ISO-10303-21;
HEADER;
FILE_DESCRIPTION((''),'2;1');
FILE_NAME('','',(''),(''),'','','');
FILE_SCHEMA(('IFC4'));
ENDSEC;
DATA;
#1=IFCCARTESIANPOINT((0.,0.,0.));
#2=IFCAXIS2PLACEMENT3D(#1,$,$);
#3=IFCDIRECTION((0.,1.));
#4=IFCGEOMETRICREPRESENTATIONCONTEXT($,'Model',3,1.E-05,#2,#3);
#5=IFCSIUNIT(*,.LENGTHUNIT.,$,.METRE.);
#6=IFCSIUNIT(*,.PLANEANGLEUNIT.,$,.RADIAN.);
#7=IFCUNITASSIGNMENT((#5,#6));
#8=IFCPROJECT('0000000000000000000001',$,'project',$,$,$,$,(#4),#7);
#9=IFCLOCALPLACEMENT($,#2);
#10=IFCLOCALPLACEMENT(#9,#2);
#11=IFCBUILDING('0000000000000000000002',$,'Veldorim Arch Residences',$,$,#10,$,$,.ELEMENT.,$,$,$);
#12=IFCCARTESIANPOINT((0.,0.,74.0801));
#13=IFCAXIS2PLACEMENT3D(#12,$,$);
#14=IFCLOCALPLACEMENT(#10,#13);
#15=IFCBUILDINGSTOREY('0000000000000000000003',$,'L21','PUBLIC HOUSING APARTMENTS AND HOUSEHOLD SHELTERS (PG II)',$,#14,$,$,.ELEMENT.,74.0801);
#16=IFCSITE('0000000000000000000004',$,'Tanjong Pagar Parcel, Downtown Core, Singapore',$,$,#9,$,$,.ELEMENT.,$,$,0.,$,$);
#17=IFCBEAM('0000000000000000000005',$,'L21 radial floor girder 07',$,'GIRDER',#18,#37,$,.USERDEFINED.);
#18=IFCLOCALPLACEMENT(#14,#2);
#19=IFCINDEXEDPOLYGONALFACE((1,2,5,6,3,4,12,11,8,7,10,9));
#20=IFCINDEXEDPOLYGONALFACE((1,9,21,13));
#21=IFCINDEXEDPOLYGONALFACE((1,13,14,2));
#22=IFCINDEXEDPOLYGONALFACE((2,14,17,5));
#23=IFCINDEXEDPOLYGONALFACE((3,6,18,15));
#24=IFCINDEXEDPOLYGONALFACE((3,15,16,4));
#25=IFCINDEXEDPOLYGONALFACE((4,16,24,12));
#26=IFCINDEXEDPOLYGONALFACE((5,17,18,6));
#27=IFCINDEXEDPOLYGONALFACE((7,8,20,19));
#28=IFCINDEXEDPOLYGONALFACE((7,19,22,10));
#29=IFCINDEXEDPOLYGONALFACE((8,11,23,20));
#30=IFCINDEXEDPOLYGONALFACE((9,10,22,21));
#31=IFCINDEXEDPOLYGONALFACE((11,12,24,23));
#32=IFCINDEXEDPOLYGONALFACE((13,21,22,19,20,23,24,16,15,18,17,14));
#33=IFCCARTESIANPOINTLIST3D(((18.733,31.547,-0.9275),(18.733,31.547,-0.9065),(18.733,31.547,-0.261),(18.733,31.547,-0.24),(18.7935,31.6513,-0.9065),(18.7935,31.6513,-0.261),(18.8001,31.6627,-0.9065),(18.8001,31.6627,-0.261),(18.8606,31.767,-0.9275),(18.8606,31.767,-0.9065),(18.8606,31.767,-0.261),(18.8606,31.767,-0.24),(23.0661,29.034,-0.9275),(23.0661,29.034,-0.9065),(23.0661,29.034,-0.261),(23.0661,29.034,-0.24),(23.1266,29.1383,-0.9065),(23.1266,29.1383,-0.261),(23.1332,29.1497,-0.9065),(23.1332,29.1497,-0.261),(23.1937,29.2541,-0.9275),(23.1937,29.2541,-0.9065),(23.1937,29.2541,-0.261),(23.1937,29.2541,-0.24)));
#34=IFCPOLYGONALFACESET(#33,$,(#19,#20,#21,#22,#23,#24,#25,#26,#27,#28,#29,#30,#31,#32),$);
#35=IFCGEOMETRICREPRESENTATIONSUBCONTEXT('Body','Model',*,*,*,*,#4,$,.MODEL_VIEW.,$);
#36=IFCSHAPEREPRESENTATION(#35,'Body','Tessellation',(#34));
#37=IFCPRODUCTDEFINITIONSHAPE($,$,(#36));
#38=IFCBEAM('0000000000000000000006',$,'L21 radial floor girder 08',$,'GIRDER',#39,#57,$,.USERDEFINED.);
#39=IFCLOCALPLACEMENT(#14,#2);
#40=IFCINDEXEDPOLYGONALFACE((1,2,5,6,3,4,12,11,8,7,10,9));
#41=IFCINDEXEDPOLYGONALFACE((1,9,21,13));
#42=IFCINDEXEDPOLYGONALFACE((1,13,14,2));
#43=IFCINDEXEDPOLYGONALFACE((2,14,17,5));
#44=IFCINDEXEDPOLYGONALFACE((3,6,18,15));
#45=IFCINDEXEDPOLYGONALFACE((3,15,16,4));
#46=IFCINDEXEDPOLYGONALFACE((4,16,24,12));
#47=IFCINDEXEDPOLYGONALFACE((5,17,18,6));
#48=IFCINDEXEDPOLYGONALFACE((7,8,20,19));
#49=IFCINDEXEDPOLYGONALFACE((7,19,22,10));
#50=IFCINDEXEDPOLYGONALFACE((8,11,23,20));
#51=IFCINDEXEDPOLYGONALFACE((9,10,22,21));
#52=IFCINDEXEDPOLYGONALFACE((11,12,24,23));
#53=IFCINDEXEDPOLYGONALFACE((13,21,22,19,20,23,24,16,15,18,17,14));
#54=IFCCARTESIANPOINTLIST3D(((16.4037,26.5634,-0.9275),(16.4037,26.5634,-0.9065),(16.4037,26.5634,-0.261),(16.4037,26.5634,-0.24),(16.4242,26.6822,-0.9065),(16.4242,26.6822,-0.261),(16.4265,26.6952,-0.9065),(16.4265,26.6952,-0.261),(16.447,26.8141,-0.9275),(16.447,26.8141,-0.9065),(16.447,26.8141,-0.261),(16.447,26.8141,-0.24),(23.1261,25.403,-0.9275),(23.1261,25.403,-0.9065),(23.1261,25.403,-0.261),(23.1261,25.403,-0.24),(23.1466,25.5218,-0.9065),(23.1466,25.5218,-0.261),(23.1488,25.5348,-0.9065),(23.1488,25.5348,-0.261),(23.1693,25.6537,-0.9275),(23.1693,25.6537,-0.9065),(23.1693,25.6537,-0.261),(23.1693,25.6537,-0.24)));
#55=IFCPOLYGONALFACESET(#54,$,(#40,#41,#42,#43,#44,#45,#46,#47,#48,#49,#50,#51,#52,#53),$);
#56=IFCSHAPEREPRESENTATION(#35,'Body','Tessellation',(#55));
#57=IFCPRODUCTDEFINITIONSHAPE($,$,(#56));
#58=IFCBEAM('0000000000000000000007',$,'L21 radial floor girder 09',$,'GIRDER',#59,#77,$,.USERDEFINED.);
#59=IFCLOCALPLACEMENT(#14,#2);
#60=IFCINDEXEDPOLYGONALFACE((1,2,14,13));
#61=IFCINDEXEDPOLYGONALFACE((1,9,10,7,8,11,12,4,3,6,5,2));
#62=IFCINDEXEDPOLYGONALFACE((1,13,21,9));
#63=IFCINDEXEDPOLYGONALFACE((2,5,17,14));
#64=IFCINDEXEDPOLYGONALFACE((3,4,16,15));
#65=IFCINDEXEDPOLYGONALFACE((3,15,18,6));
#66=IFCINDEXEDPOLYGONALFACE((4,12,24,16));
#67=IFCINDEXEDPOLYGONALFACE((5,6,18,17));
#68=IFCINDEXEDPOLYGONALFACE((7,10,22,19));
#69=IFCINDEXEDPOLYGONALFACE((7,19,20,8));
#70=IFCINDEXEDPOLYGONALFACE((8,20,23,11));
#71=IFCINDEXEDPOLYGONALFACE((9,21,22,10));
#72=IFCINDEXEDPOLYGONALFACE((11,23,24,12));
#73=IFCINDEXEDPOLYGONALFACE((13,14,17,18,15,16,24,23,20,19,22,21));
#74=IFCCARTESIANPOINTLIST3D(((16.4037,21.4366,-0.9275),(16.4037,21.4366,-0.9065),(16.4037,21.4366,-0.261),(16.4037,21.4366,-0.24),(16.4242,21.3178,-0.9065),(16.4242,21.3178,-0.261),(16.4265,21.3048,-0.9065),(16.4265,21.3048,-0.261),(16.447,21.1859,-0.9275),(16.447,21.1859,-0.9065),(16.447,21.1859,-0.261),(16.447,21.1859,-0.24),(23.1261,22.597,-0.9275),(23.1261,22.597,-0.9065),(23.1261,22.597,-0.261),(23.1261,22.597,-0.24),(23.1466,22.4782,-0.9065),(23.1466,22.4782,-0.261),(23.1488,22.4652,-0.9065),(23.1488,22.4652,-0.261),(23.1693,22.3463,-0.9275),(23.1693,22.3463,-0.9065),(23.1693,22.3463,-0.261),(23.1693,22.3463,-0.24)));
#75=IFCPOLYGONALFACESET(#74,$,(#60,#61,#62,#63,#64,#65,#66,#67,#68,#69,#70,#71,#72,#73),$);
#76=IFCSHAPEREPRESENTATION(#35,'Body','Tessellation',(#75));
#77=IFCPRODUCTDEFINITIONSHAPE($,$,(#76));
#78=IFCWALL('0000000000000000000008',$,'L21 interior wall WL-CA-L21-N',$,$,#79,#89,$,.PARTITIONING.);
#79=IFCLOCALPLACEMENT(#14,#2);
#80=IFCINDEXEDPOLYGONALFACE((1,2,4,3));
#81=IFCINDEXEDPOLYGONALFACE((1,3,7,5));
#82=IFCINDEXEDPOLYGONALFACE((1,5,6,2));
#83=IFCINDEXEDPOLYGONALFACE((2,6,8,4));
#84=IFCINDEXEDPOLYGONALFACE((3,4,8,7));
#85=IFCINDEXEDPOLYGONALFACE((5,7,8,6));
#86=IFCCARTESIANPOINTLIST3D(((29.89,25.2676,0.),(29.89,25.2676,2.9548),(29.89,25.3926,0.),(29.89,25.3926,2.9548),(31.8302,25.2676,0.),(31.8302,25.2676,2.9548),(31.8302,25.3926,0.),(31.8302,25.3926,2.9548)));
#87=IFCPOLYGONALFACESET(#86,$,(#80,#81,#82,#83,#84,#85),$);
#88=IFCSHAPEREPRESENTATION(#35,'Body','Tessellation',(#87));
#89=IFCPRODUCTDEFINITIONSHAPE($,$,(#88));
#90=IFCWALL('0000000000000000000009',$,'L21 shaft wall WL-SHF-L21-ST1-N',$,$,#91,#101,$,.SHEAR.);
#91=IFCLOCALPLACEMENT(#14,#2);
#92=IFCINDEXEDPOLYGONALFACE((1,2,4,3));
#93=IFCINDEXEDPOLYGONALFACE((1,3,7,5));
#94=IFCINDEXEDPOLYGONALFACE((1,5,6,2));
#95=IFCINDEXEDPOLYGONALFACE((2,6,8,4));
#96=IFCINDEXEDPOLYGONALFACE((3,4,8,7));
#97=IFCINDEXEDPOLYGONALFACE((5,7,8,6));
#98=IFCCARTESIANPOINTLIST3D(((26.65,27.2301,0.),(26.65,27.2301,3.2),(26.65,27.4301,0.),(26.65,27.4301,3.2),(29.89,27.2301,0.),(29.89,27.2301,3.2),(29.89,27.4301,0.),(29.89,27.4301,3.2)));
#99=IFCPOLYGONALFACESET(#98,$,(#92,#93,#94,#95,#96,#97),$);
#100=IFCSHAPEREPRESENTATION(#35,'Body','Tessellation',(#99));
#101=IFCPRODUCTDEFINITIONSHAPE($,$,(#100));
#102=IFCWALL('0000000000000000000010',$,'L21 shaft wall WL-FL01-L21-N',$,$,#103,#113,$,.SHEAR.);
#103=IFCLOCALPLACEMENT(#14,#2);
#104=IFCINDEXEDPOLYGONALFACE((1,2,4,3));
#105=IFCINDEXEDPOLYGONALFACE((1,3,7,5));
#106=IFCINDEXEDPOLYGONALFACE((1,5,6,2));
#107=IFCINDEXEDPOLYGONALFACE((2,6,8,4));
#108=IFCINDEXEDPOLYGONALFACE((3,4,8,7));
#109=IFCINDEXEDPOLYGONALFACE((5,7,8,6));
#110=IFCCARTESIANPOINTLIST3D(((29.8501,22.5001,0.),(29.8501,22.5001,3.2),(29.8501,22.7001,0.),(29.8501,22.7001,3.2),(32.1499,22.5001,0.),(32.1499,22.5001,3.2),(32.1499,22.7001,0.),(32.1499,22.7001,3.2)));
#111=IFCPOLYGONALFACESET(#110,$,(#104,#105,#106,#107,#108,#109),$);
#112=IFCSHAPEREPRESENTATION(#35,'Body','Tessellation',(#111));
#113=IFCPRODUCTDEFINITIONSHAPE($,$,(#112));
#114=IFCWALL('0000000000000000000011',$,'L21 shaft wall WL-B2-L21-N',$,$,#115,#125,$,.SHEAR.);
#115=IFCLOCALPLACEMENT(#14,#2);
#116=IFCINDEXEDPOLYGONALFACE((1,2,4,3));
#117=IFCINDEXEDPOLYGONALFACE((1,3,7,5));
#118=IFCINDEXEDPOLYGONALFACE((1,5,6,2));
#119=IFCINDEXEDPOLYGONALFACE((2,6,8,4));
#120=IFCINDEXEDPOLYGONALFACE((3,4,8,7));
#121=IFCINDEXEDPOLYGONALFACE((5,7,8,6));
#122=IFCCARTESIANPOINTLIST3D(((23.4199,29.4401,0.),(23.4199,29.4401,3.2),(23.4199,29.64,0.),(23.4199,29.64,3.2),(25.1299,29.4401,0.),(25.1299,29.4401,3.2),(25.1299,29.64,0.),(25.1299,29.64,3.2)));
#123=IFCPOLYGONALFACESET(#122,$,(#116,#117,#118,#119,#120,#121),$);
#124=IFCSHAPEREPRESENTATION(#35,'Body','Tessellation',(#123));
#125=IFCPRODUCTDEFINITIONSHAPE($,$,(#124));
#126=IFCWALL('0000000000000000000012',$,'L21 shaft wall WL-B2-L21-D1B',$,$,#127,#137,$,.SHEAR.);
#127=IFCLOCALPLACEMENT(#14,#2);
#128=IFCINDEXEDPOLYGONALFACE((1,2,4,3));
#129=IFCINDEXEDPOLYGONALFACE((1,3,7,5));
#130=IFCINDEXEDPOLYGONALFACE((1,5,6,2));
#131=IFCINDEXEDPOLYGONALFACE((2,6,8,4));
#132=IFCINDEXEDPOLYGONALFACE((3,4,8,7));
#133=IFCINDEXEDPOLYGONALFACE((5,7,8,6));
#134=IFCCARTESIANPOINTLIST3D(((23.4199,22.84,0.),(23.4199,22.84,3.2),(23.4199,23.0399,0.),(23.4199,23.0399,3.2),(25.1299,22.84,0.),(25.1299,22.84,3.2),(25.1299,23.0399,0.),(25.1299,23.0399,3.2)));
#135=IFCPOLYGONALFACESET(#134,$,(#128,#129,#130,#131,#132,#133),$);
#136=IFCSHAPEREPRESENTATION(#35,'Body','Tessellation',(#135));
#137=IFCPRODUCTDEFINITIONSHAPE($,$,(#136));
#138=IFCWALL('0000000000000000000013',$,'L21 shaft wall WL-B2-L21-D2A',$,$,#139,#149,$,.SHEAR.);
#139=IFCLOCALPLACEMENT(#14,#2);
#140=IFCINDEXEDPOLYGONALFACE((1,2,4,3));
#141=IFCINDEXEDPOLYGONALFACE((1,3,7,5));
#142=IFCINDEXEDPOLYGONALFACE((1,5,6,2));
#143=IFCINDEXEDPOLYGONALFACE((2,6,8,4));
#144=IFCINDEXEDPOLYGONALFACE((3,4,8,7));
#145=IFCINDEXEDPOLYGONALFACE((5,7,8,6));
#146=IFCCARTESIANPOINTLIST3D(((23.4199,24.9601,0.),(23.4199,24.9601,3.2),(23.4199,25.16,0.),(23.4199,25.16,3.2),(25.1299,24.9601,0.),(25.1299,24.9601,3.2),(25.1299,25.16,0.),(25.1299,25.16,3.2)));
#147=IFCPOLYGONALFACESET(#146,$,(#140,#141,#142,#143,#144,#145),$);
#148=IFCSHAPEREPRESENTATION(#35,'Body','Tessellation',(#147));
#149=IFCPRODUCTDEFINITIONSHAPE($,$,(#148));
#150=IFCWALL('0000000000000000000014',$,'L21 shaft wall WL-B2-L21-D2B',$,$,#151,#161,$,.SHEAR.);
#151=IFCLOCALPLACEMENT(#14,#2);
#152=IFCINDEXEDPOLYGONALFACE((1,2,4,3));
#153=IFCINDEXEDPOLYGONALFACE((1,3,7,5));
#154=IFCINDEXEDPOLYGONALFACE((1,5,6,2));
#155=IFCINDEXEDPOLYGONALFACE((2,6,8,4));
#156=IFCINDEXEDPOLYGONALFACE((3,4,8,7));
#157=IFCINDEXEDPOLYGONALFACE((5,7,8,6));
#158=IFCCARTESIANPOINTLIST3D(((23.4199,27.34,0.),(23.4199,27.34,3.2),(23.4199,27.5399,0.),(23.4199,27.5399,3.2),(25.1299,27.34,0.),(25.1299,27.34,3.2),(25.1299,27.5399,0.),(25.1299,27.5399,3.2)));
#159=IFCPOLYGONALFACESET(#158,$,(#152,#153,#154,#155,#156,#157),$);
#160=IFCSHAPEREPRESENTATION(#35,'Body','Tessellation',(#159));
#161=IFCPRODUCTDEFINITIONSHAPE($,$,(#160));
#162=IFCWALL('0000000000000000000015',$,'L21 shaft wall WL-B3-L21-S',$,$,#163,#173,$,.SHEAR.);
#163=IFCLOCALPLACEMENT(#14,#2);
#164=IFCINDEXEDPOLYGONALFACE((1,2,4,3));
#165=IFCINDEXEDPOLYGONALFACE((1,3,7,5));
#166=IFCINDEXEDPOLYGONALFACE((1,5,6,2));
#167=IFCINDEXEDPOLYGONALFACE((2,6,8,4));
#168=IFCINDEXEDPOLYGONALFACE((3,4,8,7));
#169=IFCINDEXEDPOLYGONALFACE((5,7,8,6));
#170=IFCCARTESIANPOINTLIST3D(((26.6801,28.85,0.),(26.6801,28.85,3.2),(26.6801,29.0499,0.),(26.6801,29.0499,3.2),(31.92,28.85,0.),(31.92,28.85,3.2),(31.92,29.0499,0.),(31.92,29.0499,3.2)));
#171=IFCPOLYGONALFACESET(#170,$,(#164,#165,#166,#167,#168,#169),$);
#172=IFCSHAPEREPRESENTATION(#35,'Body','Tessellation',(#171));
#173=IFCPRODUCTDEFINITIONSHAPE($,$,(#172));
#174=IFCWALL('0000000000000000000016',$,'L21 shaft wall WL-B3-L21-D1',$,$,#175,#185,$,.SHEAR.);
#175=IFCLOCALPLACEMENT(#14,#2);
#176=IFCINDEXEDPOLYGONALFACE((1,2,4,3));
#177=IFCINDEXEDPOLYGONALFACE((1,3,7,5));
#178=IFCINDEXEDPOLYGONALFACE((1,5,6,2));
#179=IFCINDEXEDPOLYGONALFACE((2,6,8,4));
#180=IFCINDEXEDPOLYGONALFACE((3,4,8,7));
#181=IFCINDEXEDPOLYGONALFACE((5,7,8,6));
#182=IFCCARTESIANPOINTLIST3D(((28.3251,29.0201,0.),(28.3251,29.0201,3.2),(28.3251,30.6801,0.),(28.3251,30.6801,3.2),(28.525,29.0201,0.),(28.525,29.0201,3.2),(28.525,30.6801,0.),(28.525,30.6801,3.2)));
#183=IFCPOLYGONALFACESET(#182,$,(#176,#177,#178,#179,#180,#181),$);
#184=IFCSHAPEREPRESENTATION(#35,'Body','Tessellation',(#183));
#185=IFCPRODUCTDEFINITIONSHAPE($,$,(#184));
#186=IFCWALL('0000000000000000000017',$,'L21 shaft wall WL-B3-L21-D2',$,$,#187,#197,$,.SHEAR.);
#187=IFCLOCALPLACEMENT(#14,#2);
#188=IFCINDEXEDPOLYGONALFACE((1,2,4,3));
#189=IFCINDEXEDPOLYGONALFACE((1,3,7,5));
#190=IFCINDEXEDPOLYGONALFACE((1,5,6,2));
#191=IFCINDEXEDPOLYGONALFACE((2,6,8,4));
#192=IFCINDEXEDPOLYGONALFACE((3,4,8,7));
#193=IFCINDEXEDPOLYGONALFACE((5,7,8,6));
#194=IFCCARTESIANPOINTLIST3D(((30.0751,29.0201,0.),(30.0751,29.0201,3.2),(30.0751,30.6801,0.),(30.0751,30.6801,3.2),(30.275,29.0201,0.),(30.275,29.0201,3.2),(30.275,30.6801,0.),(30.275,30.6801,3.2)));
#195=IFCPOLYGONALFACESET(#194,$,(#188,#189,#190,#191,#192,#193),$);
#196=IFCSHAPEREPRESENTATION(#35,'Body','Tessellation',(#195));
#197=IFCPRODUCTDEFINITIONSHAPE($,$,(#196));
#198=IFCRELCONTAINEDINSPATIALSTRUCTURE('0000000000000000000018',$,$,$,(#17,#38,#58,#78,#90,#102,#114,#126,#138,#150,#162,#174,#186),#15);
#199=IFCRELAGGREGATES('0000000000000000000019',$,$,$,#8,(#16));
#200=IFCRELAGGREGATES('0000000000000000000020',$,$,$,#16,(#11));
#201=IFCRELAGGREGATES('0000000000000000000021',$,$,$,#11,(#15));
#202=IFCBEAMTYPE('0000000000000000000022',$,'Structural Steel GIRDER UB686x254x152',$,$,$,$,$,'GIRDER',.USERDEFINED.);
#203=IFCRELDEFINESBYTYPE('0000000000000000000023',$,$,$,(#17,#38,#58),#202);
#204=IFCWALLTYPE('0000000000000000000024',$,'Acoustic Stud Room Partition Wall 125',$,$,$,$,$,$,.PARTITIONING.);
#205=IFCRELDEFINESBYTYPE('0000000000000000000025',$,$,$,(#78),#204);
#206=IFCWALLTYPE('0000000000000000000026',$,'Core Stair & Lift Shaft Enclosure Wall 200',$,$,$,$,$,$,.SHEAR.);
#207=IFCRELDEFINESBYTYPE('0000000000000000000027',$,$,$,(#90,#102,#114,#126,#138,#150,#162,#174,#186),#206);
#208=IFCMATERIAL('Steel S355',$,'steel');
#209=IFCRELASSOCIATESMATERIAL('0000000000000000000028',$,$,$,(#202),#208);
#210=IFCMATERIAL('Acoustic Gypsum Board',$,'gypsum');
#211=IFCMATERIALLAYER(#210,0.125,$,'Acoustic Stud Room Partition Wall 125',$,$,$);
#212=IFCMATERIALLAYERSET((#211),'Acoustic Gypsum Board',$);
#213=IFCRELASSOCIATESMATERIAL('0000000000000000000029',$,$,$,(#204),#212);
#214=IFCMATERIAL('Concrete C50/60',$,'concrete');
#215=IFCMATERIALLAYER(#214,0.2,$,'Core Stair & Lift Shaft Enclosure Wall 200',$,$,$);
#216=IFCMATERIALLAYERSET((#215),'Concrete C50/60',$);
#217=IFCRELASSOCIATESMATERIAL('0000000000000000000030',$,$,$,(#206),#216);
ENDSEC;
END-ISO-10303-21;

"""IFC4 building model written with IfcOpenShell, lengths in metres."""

from ifc_helpers import new_model, si_unit, direction, frame, frame_2d, origin, origin_2d, place, context, subcontext, project, spatial, rectangle, i_section, extrude, material, layer, layer_set, material_profile, profile_set, type_object, element, save


model = new_model("IFC4")

# Units and contexts
model_context = context("Model", 3, precision=1e-05, world=origin(), true_north=direction((0.0, 1.0)))
body_context = subcontext(model_context, "Body", "Model", "MODEL_VIEW")
ifc_project = project(units=[si_unit("LENGTHUNIT", "METRE"), si_unit("PLANEANGLEUNIT", "RADIAN")], contexts=[model_context])

# Site, building, storey
site_placement = place(None, origin())
site = spatial("IfcSite", under=ifc_project, at=site_placement, Name="Tanjong Pagar Parcel, Downtown Core, Singapore", CompositionType="ELEMENT", RefElevation=0.0)
building_placement = place(site_placement, origin())
building = spatial("IfcBuilding", under=site, at=building_placement, Name="Veldorim Arch Residences", CompositionType="ELEMENT")
storey_placement = place(building_placement, frame((0.0, 0.0, 74.0801)))
storey = spatial("IfcBuildingStorey", under=building, at=storey_placement, Name="L21", Description="PUBLIC HOUSING APARTMENTS AND HOUSEHOLD SHELTERS (PG II)", CompositionType="ELEMENT", Elevation=74.0801)

# Beams
ifc_material_1 = material(Name="Steel S355", Category="steel")
ifc_material_profile = material_profile(ifc_material_1, i_section(OverallWidth=0.2544, OverallDepth=0.6875, WebThickness=0.0132, FlangeThickness=0.021, at=origin_2d()), Name="UB686x254x152")
ifc_profile_set = profile_set([ifc_material_profile], Name="Steel S355")
beam_type = type_object("IfcBeamType", Name="Structural Steel GIRDER UB686x254x152", ElementType="GIRDER", PredefinedType="USERDEFINED", material=ifc_profile_set)
beam_placement = place(storey_placement, frame((23.1299, 29.144, -0.5837), z_axis=(-0.865049, 0.501687, 0.0), x_axis=(-0.501687, -0.865049, 0.0)))
element("IfcBeam", 1, at=beam_placement, inside=storey, type_object=beam_type, Name="L21 radial floor girder 07", ObjectType="GIRDER", PredefinedType="USERDEFINED", context=body_context, shape_type="SweptSolid", body=[
    extrude(i_section(OverallWidth=0.2544, OverallDepth=0.6875, WebThickness=0.0132, FlangeThickness=0.021, at=origin_2d()), origin(), (0.0, 0.0, 1.0), 5.009),
])
for number, where, z_axis, x_axis, name in (
    (2, (23.1477, 25.5283, -0.5837), (-0.985427, 0.170101, 0.0), (-0.170101, -0.985427, 0.0), "L21 radial floor girder 08"),
    (3, (23.1477, 22.4717, -0.5837), (-0.985427, -0.170101, 0.0), (0.170101, -0.985427, 0.0), "L21 radial floor girder 09"),
):
    element("IfcBeam", number, at=place(storey_placement, frame(where, z_axis=z_axis, x_axis=x_axis)), inside=storey, type_object=beam_type, Name=name, ObjectType="GIRDER", PredefinedType="USERDEFINED", context=body_context, shape_type="SweptSolid", body=[
        extrude(i_section(OverallWidth=0.2544, OverallDepth=0.6875, WebThickness=0.0132, FlangeThickness=0.021, at=origin_2d()), origin(), (0.0, 0.0, 1.0), 6.8218),
    ])

# Walls
ifc_material_2 = material(Name="Acoustic Gypsum Board", Category="gypsum")
ifc_layer_1 = layer(ifc_material_2, 0.125, Name="Acoustic Stud Room Partition Wall 125")
ifc_layer_set_1 = layer_set([ifc_layer_1], Name="Acoustic Gypsum Board")
wall_type_1 = type_object("IfcWallType", Name="Acoustic Stud Room Partition Wall 125", PredefinedType="PARTITIONING", material=ifc_layer_set_1)
wall_1_placement = place(storey_placement, frame((29.8899, 25.3301, 0.0), z_axis=(0.0, 0.0, 1.0), x_axis=(1.0, 0.0, 0.0)))
element("IfcWall", 4, at=wall_1_placement, inside=storey, type_object=wall_type_1, Name="L21 interior wall WL-CA-L21-N", PredefinedType="PARTITIONING", context=body_context, shape_type="SweptSolid", body=[
    extrude(rectangle(XDim=1.9402, YDim=0.125, at=frame_2d((0.9702, 0.0))), origin(), (0.0, 0.0, 1.0), 2.9548),
])
ifc_material_3 = material(Name="Concrete C50/60", Category="concrete")
ifc_layer_2 = layer(ifc_material_3, 0.2, Name="Core Stair & Lift Shaft Enclosure Wall 200")
ifc_layer_set_2 = layer_set([ifc_layer_2], Name="Concrete C50/60")
wall_type_2 = type_object("IfcWallType", Name="Core Stair & Lift Shaft Enclosure Wall 200", PredefinedType="SHEAR", material=ifc_layer_set_2)
wall_2_placement = place(storey_placement, frame((26.6499, 27.3301, 0.0), z_axis=(0.0, 0.0, 1.0), x_axis=(1.0, 0.0, 0.0)))
element("IfcWall", 5, at=wall_2_placement, inside=storey, type_object=wall_type_2, Name="L21 shaft wall WL-SHF-L21-ST1-N", PredefinedType="SHEAR", context=body_context, shape_type="SweptSolid", body=[
    extrude(rectangle(XDim=3.24, YDim=0.2, at=frame_2d((1.6201, 0.0))), origin(), (0.0, 0.0, 1.0), 3.2),
])
wall_3_placement = place(storey_placement, frame((29.8501, 22.6001, 0.0), z_axis=(0.0, 0.0, 1.0), x_axis=(1.0, 0.0, 0.0)))
element("IfcWall", 6, at=wall_3_placement, inside=storey, type_object=wall_type_2, Name="L21 shaft wall WL-FL01-L21-N", PredefinedType="SHEAR", context=body_context, shape_type="SweptSolid", body=[
    extrude(rectangle(XDim=2.2998, YDim=0.2, at=frame_2d((1.1499, 0.0))), origin(), (0.0, 0.0, 1.0), 3.2),
])
for number, where, z_axis, x_axis, name in (
    (7, (23.4199, 29.54, 0.0), (0.0, 0.0, 1.0), (1.0, 0.0, 0.0), "L21 shaft wall WL-B2-L21-N"),
    (8, (23.4199, 22.9399, 0.0), (0.0, 0.0, 1.0), (1.0, 0.0, 0.0), "L21 shaft wall WL-B2-L21-D1B"),
    (9, (23.4199, 25.0601, 0.0), (0.0, 0.0, 1.0), (1.0, 0.0, 0.0), "L21 shaft wall WL-B2-L21-D2A"),
    (10, (23.4199, 27.4399, 0.0), (0.0, 0.0, 1.0), (1.0, 0.0, 0.0), "L21 shaft wall WL-B2-L21-D2B"),
):
    element("IfcWall", number, at=place(storey_placement, frame(where, z_axis=z_axis, x_axis=x_axis)), inside=storey, type_object=wall_type_2, Name=name, PredefinedType="SHEAR", context=body_context, shape_type="SweptSolid", body=[
        extrude(rectangle(XDim=1.71, YDim=0.2, at=frame_2d((0.855, 0.0))), origin(), (0.0, 0.0, 1.0), 3.2),
    ])
wall_4_placement = place(storey_placement, frame((26.6799, 28.95, 0.0), z_axis=(0.0, 0.0, 1.0), x_axis=(1.0, 0.0, 0.0)))
element("IfcWall", 11, at=wall_4_placement, inside=storey, type_object=wall_type_2, Name="L21 shaft wall WL-B3-L21-S", PredefinedType="SHEAR", context=body_context, shape_type="SweptSolid", body=[
    extrude(rectangle(XDim=5.24, YDim=0.2, at=frame_2d((2.6201, 0.0))), origin(), (0.0, 0.0, 1.0), 3.2),
])
for number, where, z_axis, x_axis, name in (
    (12, (28.425, 29.02, 0.0), (0.0, 0.0, 1.0), (0.0, 1.0, 0.0), "L21 shaft wall WL-B3-L21-D1"),
    (13, (30.175, 29.02, 0.0), (0.0, 0.0, 1.0), (0.0, 1.0, 0.0), "L21 shaft wall WL-B3-L21-D2"),
):
    element("IfcWall", number, at=place(storey_placement, frame(where, z_axis=z_axis, x_axis=x_axis)), inside=storey, type_object=wall_type_2, Name=name, PredefinedType="SHEAR", context=body_context, shape_type="SweptSolid", body=[
        extrude(rectangle(XDim=1.6599, YDim=0.2, at=frame_2d((0.8301, 0.0))), origin(), (0.0, 0.0, 1.0), 3.2),
    ])

save(model, "model.ifc")
